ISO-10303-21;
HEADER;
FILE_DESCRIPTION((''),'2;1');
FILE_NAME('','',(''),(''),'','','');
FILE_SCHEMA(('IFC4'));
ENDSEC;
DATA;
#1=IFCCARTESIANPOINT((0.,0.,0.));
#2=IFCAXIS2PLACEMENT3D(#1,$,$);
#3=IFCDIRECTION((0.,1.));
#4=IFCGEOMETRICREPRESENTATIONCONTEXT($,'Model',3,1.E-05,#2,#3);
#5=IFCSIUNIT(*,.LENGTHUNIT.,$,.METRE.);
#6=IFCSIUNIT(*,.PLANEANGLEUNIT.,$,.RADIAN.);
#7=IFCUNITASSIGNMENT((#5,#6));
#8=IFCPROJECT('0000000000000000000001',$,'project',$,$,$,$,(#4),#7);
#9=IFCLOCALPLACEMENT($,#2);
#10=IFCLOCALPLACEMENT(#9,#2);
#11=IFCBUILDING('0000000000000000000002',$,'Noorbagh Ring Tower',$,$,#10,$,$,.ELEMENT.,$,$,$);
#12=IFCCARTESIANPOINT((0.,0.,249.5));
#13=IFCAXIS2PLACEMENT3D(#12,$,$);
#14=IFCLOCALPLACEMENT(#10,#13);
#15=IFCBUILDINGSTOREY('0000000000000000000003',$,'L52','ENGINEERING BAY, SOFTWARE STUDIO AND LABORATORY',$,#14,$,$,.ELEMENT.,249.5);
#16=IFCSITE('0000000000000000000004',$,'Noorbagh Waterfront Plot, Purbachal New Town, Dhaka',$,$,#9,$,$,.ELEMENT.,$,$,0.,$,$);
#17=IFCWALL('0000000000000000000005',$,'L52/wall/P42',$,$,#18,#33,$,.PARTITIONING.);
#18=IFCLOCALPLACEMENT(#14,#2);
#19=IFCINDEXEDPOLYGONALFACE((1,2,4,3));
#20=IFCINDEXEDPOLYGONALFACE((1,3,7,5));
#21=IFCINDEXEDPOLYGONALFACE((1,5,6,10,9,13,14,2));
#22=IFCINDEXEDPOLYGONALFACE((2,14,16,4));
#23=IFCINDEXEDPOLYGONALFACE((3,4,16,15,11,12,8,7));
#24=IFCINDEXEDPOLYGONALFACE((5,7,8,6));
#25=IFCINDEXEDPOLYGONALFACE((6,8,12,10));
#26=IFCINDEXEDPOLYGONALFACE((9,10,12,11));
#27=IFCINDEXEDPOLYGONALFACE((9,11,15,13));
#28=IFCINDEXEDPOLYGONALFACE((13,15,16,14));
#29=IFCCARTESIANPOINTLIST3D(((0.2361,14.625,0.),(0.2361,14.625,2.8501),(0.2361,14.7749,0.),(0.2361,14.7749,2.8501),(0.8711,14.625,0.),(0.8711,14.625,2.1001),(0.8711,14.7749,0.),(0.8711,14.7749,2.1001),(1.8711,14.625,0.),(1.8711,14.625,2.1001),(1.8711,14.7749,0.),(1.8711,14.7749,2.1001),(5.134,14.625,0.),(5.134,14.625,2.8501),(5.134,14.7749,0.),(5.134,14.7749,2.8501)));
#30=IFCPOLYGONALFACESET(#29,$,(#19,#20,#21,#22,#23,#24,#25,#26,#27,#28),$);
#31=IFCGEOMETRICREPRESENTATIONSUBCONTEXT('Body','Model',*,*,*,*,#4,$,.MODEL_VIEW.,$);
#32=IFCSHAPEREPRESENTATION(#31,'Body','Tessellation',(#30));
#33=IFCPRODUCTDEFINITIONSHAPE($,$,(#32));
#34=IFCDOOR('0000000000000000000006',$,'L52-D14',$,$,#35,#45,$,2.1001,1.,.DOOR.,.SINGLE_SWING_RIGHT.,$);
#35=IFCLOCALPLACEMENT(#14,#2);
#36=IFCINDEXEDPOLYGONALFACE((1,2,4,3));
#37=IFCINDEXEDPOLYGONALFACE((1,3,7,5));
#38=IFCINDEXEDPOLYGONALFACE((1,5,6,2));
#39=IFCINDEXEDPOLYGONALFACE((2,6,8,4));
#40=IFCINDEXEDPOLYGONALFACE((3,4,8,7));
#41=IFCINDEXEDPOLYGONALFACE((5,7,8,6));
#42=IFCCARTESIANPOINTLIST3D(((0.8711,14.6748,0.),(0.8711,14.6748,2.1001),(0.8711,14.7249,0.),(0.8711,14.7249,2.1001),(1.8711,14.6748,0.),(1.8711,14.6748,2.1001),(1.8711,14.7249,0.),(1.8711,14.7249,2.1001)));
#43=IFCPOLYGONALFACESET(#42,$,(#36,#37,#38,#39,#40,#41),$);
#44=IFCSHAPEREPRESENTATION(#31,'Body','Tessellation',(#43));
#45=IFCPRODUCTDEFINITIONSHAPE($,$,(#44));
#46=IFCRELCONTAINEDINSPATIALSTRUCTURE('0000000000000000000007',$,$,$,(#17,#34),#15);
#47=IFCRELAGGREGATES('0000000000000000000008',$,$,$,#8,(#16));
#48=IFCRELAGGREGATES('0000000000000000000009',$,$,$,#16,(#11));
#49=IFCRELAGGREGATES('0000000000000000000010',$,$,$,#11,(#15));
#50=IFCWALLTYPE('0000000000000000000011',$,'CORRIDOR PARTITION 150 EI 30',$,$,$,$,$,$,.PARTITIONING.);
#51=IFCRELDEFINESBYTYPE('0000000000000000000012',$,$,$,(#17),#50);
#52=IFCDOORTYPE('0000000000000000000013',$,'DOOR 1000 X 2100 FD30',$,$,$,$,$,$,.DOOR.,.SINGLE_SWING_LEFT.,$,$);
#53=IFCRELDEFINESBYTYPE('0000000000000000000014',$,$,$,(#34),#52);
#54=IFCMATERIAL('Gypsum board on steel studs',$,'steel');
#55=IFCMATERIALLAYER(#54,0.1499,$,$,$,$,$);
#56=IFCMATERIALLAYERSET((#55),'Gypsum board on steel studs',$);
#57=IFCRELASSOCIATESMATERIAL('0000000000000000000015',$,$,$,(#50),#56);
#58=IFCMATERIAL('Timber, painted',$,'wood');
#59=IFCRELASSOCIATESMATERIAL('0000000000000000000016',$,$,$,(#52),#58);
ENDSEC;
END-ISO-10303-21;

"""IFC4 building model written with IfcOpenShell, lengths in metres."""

from ifc_helpers import new_model, si_unit, direction, frame, frame_2d, origin, place, context, subcontext, project, spatial, rectangle, extrude, material, layer, layer_set, type_object, element, fill, save


model = new_model("IFC4")

# Units and contexts
model_context = context("Model", 3, precision=1e-05, world=origin(), true_north=direction((0.0, 1.0)))
body_context = subcontext(model_context, "Body", "Model", "MODEL_VIEW")
ifc_project = project(units=[si_unit("LENGTHUNIT", "METRE"), si_unit("PLANEANGLEUNIT", "RADIAN")], contexts=[model_context])

# Site, building, storey
site_placement = place(None, origin())
building_placement = place(site_placement, origin())
storey_placement = place(building_placement, frame((0.0, 0.0, 249.5)))
site = spatial("IfcSite", under=ifc_project, at=site_placement, Name="Noorbagh Waterfront Plot, Purbachal New Town, Dhaka", CompositionType="ELEMENT", RefElevation=0.0)
building = spatial("IfcBuilding", under=site, at=building_placement, Name="Noorbagh Ring Tower", CompositionType="ELEMENT")
storey = spatial("IfcBuildingStorey", under=building, at=storey_placement, Name="L52", Description="ENGINEERING BAY, SOFTWARE STUDIO AND LABORATORY", CompositionType="ELEMENT", Elevation=249.5)

# Wall, opening, door
ifc_material_1 = material(Name="Gypsum board on steel studs", Category="steel")
ifc_layer_1 = layer(ifc_material_1, 0.1499)
ifc_layer_set_1 = layer_set([ifc_layer_1], Name="Gypsum board on steel studs")
wall_type = type_object("IfcWallType", Name="CORRIDOR PARTITION 150 EI 30", PredefinedType="PARTITIONING", material=ifc_layer_set_1)
wall_placement = place(storey_placement, frame((0.2361, 14.7, 0.0), z_axis=(0.0, 0.0, 1.0), x_axis=(1.0, 0.0, 0.0)))
wall = element("IfcWall", 1, at=wall_placement, inside=storey, type_object=wall_type, Name="L52/wall/P42", PredefinedType="PARTITIONING", context=body_context, shape_type="SweptSolid", body=[
    extrude(rectangle(XDim=4.8979, YDim=0.1499, at=frame_2d((2.449, 0.0))), origin(), (0.0, 0.0, 1.0), 2.8501),
])
opening_placement = place(wall_placement, frame((0.635, 0.0, 0.0)))
opening = element("IfcOpeningElement", 2, at=opening_placement, cuts=wall, PredefinedType="OPENING", context=body_context, shape_type="SweptSolid", body=[
    extrude(rectangle(XDim=1.0, YDim=2.1001, at=frame_2d((0.5, 1.05))), frame((0.0, 0.085, 0.0), z_axis=(0.0, -1.0, 0.0), x_axis=(1.0, 0.0, 0.0)), (0.0, 0.0, 1.0), 0.1699),
])
ifc_material_2 = material(Name="Timber, painted", Category="wood")
door_type = type_object("IfcDoorType", Name="DOOR 1000 X 2100 FD30", OperationType="SINGLE_SWING_LEFT", PredefinedType="DOOR", material=ifc_material_2)
door_placement = place(opening_placement, origin())
door = element("IfcDoor", 3, at=door_placement, inside=storey, type_object=door_type, Name="L52-D14", OperationType="SINGLE_SWING_RIGHT", OverallHeight=2.1001, OverallWidth=1.0, PredefinedType="DOOR", context=body_context, shape_type="SweptSolid", body=[
    extrude(rectangle(XDim=1.0, YDim=2.1001, at=frame_2d((0.5, 1.05))), frame((0.0, 0.0249, 0.0), z_axis=(0.0, -1.0, 0.0), x_axis=(1.0, 0.0, 0.0)), (0.0, 0.0, 1.0), 0.05),
])
fill(opening, door)

save(model, "model.ifc")
